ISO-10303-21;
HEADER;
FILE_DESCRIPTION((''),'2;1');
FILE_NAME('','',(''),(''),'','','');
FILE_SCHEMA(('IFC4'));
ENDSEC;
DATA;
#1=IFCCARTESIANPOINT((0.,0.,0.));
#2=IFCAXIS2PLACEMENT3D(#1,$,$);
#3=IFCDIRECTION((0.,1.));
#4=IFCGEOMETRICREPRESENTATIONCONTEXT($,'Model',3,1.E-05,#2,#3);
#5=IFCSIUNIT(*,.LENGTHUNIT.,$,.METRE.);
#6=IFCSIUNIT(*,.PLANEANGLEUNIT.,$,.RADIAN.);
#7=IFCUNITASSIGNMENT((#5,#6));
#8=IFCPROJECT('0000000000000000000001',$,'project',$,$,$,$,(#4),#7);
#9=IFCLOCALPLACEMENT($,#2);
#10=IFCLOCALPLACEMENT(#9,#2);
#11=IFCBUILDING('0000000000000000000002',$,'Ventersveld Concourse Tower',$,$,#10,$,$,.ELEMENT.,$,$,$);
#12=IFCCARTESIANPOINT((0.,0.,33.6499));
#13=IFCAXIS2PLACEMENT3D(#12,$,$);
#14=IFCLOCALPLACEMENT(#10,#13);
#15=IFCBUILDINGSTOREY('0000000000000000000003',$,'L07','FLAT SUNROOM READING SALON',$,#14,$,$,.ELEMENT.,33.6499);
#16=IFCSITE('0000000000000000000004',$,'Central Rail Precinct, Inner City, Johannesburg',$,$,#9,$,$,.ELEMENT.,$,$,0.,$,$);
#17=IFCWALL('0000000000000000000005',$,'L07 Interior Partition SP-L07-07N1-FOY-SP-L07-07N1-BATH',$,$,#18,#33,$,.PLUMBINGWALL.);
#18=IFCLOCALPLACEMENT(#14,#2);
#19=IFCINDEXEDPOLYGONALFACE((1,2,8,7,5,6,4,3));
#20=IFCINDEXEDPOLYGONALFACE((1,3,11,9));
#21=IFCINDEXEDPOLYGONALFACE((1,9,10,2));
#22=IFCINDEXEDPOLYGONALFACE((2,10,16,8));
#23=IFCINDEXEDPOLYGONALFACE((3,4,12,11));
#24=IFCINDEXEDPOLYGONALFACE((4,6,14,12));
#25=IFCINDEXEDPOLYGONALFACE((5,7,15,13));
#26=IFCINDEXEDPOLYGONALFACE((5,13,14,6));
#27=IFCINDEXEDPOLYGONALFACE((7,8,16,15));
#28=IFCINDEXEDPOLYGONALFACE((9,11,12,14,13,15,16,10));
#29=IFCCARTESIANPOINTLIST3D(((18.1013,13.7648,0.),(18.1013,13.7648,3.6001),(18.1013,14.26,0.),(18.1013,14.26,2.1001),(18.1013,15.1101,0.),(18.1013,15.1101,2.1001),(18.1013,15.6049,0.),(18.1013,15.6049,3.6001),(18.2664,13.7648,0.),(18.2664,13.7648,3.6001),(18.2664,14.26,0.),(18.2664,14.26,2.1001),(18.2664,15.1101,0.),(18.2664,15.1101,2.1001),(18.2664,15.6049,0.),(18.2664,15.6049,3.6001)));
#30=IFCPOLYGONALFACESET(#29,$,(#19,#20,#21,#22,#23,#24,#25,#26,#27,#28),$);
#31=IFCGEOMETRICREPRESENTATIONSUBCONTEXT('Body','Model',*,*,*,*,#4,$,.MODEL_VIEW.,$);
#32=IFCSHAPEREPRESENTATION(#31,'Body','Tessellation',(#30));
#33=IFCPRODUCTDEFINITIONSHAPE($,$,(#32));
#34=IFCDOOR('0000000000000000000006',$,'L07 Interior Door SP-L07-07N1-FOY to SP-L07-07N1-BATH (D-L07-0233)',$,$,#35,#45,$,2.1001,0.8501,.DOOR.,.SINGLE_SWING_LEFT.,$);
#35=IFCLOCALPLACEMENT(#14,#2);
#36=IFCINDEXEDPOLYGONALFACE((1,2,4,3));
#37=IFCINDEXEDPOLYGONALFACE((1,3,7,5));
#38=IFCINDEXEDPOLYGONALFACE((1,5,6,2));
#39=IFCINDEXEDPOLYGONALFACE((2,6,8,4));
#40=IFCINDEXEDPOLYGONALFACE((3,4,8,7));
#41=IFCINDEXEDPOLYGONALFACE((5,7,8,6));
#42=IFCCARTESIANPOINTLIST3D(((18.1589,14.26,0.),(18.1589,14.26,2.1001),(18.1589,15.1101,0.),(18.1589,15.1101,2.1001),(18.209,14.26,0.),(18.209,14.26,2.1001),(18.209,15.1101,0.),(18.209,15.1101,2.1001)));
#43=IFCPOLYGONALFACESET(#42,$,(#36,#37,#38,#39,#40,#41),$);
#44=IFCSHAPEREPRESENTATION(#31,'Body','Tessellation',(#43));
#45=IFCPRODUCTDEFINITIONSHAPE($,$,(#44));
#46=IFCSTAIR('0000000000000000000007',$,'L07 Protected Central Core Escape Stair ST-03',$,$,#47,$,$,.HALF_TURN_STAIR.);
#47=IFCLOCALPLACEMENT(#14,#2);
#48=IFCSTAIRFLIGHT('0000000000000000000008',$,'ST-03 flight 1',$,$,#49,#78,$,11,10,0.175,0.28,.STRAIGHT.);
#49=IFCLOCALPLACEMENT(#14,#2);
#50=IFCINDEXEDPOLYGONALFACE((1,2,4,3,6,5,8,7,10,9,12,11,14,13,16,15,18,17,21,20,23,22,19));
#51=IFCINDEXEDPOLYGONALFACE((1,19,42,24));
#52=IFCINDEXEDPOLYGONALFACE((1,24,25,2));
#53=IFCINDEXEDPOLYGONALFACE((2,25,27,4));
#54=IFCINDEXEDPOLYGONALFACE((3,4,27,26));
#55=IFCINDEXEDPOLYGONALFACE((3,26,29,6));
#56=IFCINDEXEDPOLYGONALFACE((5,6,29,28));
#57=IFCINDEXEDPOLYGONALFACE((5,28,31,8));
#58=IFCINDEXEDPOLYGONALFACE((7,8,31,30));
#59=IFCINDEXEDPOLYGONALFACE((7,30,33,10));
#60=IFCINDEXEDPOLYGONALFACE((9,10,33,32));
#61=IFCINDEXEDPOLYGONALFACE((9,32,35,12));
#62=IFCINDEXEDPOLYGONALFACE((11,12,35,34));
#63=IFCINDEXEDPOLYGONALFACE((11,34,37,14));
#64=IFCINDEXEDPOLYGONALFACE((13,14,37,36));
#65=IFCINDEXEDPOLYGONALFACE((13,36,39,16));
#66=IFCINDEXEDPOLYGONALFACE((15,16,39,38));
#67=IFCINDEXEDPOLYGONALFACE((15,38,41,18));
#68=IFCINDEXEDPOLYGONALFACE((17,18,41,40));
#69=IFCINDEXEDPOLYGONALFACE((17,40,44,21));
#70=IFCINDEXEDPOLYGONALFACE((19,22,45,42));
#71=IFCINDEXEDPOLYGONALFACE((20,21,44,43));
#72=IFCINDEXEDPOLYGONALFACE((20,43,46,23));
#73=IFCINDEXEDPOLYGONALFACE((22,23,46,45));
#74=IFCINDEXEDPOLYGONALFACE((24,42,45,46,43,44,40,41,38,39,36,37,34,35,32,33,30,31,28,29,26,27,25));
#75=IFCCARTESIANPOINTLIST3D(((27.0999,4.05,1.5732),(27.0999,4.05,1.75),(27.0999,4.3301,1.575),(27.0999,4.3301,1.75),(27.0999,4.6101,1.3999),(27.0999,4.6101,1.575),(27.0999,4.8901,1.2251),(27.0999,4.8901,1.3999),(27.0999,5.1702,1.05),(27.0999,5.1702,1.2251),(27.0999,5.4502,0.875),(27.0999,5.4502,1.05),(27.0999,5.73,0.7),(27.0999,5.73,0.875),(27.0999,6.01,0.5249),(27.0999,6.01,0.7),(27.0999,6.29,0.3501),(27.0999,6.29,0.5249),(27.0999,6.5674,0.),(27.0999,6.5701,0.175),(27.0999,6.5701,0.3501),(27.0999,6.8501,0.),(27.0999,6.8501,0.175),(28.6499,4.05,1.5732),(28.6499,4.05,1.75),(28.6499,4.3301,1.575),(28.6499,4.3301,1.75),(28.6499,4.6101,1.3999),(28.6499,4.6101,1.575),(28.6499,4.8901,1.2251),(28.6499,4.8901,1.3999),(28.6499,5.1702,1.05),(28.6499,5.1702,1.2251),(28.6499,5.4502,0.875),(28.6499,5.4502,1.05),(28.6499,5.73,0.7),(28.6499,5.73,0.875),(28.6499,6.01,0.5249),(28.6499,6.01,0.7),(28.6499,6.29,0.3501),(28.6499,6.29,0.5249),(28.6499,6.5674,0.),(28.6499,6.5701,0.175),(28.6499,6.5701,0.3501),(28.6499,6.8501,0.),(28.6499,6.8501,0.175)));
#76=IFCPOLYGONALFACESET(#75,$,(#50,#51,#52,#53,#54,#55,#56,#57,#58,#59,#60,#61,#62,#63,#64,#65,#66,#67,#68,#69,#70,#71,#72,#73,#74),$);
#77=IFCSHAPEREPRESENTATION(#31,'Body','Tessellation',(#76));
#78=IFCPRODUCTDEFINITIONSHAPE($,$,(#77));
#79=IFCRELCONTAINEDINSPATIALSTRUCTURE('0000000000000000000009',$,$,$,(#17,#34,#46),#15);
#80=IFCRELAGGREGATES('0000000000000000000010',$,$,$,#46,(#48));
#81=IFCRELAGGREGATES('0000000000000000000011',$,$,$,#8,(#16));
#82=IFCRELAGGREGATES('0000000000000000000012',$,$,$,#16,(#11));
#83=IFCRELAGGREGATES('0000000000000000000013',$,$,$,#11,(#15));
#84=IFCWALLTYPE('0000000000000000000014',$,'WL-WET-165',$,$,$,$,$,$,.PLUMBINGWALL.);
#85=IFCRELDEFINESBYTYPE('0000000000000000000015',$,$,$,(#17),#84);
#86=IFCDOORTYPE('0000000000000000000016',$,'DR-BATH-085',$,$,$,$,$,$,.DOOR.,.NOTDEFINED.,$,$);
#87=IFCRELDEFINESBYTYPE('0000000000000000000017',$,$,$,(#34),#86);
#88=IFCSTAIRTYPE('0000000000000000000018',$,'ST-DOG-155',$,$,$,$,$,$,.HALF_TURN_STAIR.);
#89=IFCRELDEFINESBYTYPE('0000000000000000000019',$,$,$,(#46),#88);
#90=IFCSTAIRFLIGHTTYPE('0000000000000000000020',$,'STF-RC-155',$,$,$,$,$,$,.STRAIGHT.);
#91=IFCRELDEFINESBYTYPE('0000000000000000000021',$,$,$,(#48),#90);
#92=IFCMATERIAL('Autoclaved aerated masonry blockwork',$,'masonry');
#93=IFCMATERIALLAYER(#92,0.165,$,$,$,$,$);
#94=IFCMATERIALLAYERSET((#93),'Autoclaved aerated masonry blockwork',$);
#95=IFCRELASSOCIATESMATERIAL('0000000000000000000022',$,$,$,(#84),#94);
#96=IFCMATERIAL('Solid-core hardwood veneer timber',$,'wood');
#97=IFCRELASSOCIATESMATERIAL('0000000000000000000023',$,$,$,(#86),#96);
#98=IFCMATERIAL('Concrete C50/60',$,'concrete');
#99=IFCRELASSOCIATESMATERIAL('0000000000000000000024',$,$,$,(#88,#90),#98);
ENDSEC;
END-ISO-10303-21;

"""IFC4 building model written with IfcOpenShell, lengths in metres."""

from ifc_helpers import new_model, si_unit, direction, frame, frame_2d, origin, place, context, subcontext, project, spatial, polyline, rectangle, outline, extrude, material, layer, layer_set, type_object, element, fill, aggregate, save


model = new_model("IFC4")

# Units and contexts
model_context = context("Model", 3, precision=1e-05, world=origin(), true_north=direction((0.0, 1.0)))
body_context = subcontext(model_context, "Body", "Model", "MODEL_VIEW")
ifc_project = project(units=[si_unit("LENGTHUNIT", "METRE"), si_unit("PLANEANGLEUNIT", "RADIAN")], contexts=[model_context])

# Site, building, storey
site_placement = place(None, origin())
site = spatial("IfcSite", under=ifc_project, at=site_placement, Name="Central Rail Precinct, Inner City, Johannesburg", CompositionType="ELEMENT", RefElevation=0.0)
building_placement = place(site_placement, origin())
building = spatial("IfcBuilding", under=site, at=building_placement, Name="Ventersveld Concourse Tower", CompositionType="ELEMENT")
storey_placement = place(building_placement, frame((0.0, 0.0, 33.6499)))
storey = spatial("IfcBuildingStorey", under=building, at=storey_placement, Name="L07", Description="FLAT SUNROOM READING SALON", CompositionType="ELEMENT", Elevation=33.6499)

# Shared definitions
ifc_material_1 = material(Name="Concrete C50/60", Category="concrete")

# Wall, opening, door
ifc_material_2 = material(Name="Autoclaved aerated masonry blockwork", Category="masonry")
ifc_layer_1 = layer(ifc_material_2, 0.165)
ifc_layer_set_1 = layer_set([ifc_layer_1], Name="Autoclaved aerated masonry blockwork")
wall_type_1 = type_object("IfcWallType", Name="WL-WET-165", PredefinedType="PLUMBINGWALL", material=ifc_layer_set_1)
wall_1_placement = place(storey_placement, frame((18.1838, 13.7649, 0.0), z_axis=(0.0, 0.0, 1.0), x_axis=(0.0, 1.0, 0.0)))
wall_1 = element("IfcWall", 1, at=wall_1_placement, inside=storey, type_object=wall_type_1, Name="L07 Interior Partition SP-L07-07N1-FOY-SP-L07-07N1-BATH", PredefinedType="PLUMBINGWALL", context=body_context, shape_type="SweptSolid", body=[
    extrude(rectangle(XDim=1.8401, YDim=0.165, at=frame_2d((0.9199, 0.0))), origin(), (0.0, 0.0, 1.0), 3.6001),
])
opening_1_placement = place(wall_1_placement, frame((0.4951, 0.0, 0.0)))
opening_1 = element("IfcOpeningElement", 2, at=opening_1_placement, cuts=wall_1, PredefinedType="OPENING", context=body_context, shape_type="SweptSolid", body=[
    extrude(rectangle(XDim=0.8501, YDim=2.1001, at=frame_2d((0.425, 1.05))), frame((0.0, 0.0925, 0.0), z_axis=(0.0, -1.0, 0.0), x_axis=(1.0, 0.0, 0.0)), (0.0, 0.0, 1.0), 0.1851),
])
ifc_material_3 = material(Name="Solid-core hardwood veneer timber", Category="wood")
door_type_1 = type_object("IfcDoorType", Name="DR-BATH-085", OperationType="NOTDEFINED", PredefinedType="DOOR", material=ifc_material_3)
door_1_placement = place(opening_1_placement, origin())
door_1 = element("IfcDoor", 3, at=door_1_placement, inside=storey, type_object=door_type_1, Name="L07 Interior Door SP-L07-07N1-FOY to SP-L07-07N1-BATH (D-L07-0233)", OperationType="SINGLE_SWING_LEFT", OverallHeight=2.1001, OverallWidth=0.8501, PredefinedType="DOOR", context=body_context, shape_type="SweptSolid", body=[
    extrude(rectangle(XDim=0.8501, YDim=2.1001, at=frame_2d((0.425, 1.05))), frame((0.0, 0.0249, 0.0), z_axis=(0.0, -1.0, 0.0), x_axis=(1.0, 0.0, 0.0)), (0.0, 0.0, 1.0), 0.05),
])
fill(opening_1, door_1)

# Stair, stair flight
stair_type = type_object("IfcStairType", Name="ST-DOG-155", PredefinedType="HALF_TURN_STAIR", material=ifc_material_1)
stair_placement = place(storey_placement, origin())
stair = element("IfcStair", 4, at=stair_placement, inside=storey, type_object=stair_type, Name="L07 Protected Central Core Escape Stair ST-03", PredefinedType="HALF_TURN_STAIR")
stair_flight_type = type_object("IfcStairFlightType", Name="STF-RC-155", PredefinedType="STRAIGHT", material=ifc_material_1)
stair_flight_placement = place(storey_placement, frame((27.875, 6.8501, 0.0), z_axis=(0.0, 0.0, 1.0), x_axis=(0.0, -1.0, 0.0)))
stair_flight = element("IfcStairFlight", 5, at=stair_flight_placement, type_object=stair_flight_type, Name="ST-03 flight 1", NumberOfRisers=11, NumberOfTreads=10, PredefinedType="STRAIGHT", RiserHeight=0.175, TreadLength=0.28, context=body_context, shape_type="SweptSolid", body=[
    extrude(outline(polyline([(0.0, 0.0), (0.0, 0.175), (0.28, 0.175), (0.28, 0.3501), (0.5601, 0.3501), (0.5601, 0.5249), (0.8401, 0.5249), (0.8401, 0.7), (1.1201, 0.7), (1.1201, 0.875), (1.3999, 0.875), (1.3999, 1.05), (1.6799, 1.05), (1.6799, 1.2251), (1.96, 1.2251), (1.96, 1.3999), (2.24, 1.3999), (2.24, 1.575), (2.52, 1.575), (2.52, 1.75), (2.8, 1.75), (2.8, 1.925), (2.8, 1.5732), (0.2827, 0.0), (0.0, 0.0)])), frame((0.0, 0.7749, 0.0), z_axis=(0.0, -1.0, 0.0), x_axis=(1.0, 0.0, 0.0)), (0.0, 0.0, 1.0), 1.55),
])
aggregate(stair, [stair_flight])

save(model, "model.ifc")
